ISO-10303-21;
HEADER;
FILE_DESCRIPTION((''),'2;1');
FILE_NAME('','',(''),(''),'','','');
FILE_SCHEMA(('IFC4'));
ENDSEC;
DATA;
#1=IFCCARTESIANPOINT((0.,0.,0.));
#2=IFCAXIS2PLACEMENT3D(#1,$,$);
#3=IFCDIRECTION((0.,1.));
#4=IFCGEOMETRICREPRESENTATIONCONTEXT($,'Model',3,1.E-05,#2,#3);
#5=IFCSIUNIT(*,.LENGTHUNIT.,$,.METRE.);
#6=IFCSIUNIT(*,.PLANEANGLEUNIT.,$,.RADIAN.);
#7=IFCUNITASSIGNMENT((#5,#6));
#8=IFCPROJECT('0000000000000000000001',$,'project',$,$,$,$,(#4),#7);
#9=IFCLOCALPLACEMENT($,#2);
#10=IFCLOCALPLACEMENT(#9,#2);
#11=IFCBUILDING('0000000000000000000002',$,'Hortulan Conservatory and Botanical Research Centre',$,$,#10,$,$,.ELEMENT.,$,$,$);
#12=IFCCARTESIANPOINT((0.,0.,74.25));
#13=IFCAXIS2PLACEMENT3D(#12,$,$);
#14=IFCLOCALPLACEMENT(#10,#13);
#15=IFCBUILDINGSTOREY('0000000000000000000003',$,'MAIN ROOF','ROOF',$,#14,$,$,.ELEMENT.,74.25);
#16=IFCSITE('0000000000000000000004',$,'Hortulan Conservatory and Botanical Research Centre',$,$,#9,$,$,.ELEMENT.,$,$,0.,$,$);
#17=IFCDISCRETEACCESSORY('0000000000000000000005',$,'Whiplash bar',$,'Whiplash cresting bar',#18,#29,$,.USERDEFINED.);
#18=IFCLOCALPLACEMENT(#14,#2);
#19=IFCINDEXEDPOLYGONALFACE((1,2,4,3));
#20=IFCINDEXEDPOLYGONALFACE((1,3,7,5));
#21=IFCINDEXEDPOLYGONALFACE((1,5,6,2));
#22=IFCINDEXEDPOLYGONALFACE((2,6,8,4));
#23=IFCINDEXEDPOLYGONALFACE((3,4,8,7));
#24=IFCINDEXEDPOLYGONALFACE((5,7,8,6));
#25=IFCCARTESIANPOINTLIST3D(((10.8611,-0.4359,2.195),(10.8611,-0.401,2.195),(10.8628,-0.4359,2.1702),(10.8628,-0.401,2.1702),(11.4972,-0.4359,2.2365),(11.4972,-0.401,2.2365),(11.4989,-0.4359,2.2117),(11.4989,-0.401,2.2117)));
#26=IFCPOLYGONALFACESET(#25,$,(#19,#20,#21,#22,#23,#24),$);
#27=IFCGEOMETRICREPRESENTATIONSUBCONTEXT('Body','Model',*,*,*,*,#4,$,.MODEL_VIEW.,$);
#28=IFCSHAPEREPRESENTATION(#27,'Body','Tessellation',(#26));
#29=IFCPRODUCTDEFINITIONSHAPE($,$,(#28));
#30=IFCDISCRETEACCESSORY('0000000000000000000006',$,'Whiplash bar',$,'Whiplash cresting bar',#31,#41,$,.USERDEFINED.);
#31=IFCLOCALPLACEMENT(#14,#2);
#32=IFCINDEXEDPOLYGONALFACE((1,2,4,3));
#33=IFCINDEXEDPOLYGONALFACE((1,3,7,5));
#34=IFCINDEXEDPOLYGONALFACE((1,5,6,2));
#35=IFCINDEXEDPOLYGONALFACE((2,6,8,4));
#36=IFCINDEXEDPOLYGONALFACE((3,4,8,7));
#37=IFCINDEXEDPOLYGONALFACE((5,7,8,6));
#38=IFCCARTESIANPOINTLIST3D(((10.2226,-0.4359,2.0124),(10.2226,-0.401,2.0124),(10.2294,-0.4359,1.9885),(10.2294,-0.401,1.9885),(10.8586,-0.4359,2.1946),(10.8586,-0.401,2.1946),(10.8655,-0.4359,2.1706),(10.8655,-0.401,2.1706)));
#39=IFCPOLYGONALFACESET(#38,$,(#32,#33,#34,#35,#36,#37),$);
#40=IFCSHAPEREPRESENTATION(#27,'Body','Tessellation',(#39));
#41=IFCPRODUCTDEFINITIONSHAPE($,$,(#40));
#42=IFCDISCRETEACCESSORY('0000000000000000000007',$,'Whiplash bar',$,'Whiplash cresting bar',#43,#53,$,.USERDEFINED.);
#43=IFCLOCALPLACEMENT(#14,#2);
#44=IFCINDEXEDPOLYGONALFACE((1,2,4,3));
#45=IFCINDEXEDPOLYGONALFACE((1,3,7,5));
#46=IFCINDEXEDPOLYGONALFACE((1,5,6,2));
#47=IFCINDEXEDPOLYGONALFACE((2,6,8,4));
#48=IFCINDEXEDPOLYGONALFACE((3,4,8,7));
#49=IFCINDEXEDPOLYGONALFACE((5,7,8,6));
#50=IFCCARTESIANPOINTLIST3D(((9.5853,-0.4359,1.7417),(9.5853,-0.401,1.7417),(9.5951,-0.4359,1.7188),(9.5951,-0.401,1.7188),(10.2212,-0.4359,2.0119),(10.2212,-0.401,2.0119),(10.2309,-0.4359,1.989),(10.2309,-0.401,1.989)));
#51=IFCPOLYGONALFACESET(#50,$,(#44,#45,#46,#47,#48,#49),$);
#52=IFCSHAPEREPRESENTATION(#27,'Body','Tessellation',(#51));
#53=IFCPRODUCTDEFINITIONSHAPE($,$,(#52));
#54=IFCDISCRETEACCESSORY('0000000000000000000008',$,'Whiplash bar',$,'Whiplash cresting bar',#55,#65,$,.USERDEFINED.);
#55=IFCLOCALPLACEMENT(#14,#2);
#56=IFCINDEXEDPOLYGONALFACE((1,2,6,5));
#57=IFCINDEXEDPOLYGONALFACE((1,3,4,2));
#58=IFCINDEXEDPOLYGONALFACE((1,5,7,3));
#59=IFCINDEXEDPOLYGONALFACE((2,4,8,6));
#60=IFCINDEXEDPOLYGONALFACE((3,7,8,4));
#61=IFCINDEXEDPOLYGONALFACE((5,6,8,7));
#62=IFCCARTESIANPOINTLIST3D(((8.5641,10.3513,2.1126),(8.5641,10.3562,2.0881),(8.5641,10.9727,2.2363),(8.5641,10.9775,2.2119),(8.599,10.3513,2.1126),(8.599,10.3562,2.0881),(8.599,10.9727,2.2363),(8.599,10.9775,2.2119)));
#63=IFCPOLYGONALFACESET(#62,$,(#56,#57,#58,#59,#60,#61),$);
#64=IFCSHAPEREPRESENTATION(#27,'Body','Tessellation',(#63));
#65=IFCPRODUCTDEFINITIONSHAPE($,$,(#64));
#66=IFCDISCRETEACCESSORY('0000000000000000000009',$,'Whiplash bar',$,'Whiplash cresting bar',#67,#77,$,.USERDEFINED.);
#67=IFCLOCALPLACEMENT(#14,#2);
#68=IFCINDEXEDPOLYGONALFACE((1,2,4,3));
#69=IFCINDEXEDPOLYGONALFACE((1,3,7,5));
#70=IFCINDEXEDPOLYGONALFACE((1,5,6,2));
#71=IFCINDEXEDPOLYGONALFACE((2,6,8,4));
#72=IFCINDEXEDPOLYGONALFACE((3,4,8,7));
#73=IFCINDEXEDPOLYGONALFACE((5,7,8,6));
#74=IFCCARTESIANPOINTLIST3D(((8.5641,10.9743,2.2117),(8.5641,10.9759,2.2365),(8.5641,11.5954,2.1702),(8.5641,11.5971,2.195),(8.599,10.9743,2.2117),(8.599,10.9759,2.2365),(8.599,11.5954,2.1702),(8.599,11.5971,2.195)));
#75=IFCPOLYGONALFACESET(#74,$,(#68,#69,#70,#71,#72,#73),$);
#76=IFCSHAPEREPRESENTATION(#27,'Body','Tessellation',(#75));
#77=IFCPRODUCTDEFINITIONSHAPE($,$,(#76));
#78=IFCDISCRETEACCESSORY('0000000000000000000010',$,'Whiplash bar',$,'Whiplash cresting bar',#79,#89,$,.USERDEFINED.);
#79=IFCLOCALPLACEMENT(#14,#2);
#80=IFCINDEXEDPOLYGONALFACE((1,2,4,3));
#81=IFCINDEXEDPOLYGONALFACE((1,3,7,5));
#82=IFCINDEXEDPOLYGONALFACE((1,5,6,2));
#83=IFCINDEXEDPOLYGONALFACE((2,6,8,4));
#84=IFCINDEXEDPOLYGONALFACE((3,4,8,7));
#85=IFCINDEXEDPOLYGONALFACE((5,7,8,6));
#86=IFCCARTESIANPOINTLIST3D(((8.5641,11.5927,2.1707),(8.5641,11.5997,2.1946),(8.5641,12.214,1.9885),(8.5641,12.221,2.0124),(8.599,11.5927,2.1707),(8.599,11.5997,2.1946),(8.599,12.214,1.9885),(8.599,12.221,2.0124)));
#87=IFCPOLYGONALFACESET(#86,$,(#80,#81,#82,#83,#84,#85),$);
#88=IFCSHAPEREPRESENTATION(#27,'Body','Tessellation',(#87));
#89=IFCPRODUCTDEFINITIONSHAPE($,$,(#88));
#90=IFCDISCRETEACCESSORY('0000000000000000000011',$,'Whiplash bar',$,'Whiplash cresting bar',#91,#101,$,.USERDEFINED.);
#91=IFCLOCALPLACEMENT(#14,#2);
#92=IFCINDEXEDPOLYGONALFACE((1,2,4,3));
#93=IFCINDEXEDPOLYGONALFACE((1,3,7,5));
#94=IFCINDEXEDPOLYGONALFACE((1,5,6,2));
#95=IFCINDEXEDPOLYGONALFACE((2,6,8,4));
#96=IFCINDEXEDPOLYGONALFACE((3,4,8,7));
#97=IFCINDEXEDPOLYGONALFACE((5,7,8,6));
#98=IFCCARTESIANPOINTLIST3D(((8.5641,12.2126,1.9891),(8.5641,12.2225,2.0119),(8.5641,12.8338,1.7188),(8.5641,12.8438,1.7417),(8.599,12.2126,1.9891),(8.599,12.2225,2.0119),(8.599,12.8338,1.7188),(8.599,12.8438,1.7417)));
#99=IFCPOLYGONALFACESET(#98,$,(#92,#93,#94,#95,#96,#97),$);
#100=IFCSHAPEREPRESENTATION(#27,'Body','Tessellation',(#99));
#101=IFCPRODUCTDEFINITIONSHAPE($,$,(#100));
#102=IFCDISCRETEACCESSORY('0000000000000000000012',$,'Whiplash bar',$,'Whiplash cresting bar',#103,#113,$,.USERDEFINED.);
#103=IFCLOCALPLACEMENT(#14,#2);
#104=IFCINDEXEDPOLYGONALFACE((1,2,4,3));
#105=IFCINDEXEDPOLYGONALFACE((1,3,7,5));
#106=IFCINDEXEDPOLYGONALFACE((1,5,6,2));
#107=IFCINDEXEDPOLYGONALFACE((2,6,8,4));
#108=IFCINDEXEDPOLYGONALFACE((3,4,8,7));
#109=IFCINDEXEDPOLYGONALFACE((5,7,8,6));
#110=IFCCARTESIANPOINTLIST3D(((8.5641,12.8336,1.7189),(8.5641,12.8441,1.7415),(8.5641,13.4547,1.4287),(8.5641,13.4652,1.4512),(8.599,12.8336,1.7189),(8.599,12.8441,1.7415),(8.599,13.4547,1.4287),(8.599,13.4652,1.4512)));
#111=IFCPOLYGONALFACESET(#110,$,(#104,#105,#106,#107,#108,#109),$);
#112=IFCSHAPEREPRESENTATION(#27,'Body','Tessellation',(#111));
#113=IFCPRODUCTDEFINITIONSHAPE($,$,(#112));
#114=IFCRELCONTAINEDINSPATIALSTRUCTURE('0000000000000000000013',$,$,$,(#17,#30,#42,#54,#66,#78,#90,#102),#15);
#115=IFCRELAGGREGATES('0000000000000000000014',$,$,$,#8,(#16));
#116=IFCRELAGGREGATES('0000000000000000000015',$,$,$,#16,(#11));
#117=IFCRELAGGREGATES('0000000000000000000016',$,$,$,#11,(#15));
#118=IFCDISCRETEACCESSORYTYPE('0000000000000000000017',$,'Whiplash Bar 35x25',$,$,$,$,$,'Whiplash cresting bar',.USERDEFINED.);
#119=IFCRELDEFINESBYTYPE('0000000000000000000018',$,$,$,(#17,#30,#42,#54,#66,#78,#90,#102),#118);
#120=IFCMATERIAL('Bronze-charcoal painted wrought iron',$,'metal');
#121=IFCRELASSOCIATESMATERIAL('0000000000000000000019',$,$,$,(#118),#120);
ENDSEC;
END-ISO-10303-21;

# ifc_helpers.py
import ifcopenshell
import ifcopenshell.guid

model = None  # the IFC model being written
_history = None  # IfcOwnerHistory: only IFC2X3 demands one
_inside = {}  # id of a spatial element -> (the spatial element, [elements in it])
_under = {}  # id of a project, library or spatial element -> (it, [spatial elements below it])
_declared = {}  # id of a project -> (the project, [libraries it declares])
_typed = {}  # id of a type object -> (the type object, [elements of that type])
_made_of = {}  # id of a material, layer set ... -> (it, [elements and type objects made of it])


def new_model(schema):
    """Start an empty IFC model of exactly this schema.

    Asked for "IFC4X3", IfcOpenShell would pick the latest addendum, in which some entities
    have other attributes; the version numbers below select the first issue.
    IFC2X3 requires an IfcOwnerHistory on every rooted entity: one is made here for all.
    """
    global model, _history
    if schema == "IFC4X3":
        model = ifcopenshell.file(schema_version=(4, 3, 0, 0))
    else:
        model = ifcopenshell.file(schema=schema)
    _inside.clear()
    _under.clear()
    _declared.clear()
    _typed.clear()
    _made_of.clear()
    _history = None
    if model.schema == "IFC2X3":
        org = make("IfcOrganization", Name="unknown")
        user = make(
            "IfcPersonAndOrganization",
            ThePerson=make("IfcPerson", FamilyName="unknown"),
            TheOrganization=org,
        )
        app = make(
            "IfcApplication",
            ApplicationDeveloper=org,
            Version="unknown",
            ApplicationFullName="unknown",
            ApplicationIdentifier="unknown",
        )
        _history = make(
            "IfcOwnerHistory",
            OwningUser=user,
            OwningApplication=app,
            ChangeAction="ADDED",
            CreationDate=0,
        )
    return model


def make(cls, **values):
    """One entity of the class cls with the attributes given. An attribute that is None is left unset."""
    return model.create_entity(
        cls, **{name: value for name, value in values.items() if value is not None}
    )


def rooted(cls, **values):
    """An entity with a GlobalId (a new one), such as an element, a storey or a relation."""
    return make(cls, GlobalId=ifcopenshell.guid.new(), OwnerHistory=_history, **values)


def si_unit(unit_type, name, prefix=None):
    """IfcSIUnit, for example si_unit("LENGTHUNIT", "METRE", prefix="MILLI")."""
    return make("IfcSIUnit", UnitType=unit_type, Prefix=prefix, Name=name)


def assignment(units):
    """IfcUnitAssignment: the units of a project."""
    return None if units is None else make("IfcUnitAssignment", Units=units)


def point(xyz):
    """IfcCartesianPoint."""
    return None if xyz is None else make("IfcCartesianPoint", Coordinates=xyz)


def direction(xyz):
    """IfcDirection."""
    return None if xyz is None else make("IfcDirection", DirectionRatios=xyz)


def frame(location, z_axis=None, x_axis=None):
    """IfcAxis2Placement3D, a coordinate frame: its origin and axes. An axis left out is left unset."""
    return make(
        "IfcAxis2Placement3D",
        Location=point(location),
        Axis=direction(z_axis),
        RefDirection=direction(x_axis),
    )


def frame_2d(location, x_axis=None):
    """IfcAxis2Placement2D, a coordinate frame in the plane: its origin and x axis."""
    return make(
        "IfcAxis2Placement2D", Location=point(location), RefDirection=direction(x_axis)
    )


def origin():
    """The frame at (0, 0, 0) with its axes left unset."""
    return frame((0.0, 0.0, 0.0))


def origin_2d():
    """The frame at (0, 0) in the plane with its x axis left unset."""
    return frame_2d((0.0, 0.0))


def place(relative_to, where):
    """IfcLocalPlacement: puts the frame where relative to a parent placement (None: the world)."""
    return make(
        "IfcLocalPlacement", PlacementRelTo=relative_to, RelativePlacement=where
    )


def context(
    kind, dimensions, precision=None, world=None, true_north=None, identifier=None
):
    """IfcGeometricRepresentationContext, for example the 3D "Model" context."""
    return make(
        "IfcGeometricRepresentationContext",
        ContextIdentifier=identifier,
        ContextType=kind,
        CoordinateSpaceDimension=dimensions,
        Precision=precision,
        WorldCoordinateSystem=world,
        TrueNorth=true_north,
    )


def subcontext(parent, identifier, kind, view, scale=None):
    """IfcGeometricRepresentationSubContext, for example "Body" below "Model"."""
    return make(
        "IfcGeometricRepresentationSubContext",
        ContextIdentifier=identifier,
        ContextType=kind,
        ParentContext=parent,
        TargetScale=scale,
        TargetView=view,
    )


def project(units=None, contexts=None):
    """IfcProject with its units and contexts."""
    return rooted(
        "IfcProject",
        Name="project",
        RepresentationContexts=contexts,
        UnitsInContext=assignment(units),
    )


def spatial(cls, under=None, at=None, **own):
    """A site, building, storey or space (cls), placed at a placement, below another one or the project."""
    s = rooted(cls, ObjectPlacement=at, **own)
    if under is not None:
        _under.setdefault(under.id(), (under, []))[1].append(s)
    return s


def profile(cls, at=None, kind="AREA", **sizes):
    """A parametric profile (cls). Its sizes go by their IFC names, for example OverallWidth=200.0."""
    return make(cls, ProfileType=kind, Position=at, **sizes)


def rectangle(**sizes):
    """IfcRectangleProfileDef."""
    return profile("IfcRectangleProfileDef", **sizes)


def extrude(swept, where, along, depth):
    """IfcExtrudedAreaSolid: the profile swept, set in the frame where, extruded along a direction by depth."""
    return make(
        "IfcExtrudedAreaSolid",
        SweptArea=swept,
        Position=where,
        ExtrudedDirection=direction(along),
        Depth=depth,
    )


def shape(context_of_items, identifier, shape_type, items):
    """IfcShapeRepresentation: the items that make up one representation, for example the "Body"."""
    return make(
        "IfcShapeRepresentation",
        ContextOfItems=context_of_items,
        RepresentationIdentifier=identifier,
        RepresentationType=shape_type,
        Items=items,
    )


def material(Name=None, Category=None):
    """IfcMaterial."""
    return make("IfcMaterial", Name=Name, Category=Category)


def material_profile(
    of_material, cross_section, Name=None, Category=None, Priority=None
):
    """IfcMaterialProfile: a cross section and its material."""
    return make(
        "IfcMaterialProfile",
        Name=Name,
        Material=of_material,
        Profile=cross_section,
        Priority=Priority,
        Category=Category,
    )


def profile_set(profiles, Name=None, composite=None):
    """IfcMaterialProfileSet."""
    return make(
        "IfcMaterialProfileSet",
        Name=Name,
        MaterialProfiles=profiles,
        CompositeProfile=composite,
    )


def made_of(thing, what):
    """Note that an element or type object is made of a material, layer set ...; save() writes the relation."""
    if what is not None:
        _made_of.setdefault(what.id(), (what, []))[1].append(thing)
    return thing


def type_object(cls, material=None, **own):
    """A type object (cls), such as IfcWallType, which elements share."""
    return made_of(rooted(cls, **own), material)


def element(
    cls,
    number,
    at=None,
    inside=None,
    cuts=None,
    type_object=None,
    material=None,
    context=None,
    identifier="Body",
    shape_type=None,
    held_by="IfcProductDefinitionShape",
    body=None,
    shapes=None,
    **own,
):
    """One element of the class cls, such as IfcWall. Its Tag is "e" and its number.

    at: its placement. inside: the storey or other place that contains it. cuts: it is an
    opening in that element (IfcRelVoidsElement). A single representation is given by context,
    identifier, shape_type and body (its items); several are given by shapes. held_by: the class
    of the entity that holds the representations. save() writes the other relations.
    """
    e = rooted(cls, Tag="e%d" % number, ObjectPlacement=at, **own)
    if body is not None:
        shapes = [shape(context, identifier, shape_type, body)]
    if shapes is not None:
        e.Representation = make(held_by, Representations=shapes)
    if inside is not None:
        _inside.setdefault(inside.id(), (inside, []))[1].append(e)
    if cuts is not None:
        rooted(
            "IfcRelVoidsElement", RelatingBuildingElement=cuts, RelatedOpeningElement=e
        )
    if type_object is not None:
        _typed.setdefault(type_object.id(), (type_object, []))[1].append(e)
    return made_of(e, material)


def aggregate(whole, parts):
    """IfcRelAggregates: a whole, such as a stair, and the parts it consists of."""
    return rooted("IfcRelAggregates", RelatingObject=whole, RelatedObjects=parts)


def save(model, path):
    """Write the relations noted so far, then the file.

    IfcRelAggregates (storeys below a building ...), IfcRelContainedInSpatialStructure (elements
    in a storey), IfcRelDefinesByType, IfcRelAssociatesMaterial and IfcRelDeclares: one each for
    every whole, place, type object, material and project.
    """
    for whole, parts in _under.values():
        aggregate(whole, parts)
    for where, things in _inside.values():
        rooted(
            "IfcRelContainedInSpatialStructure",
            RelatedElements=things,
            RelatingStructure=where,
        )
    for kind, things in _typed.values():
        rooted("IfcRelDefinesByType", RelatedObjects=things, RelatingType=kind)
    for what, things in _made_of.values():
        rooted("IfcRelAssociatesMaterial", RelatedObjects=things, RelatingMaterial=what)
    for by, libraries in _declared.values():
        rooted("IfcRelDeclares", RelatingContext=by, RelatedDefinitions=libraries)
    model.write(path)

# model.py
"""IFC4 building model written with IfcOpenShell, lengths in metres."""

from ifc_helpers import new_model, si_unit, direction, frame, origin, origin_2d, place, context, subcontext, project, spatial, rectangle, extrude, material, material_profile, profile_set, type_object, element, save


model = new_model("IFC4")

# Units and contexts
model_context = context("Model", 3, precision=1e-05, world=origin(), true_north=direction((0.0, 1.0)))
body_context = subcontext(model_context, "Body", "Model", "MODEL_VIEW")
ifc_project = project(units=[si_unit("LENGTHUNIT", "METRE"), si_unit("PLANEANGLEUNIT", "RADIAN")], contexts=[model_context])

# Site, building, storey
site_placement = place(None, origin())
site = spatial("IfcSite", under=ifc_project, at=site_placement, Name="Hortulan Conservatory and Botanical Research Centre", CompositionType="ELEMENT", RefElevation=0.0)
building_placement = place(site_placement, origin())
building = spatial("IfcBuilding", under=site, at=building_placement, Name="Hortulan Conservatory and Botanical Research Centre", CompositionType="ELEMENT")
storey_placement = place(building_placement, frame((0.0, 0.0, 74.25)))
storey = spatial("IfcBuildingStorey", under=building, at=storey_placement, Name="MAIN ROOF", Description="ROOF", CompositionType="ELEMENT", Elevation=74.25)

# Discrete accessories
ifc_material = material(Name="Bronze-charcoal painted wrought iron", Category="metal")
ifc_material_profile = material_profile(ifc_material, rectangle(XDim=0.0349, YDim=0.0249, at=origin_2d()), Name="Flat bar 35x25")
ifc_profile_set = profile_set([ifc_material_profile], Name="Bronze-charcoal painted wrought iron")
discrete_accessory_type = type_object("IfcDiscreteAccessoryType", Name="Whiplash Bar 35x25", ElementType="Whiplash cresting bar", PredefinedType="USERDEFINED", material=ifc_profile_set)
discrete_accessory_1_placement = place(storey_placement, frame((11.498, -0.4185, 2.2241), z_axis=(-0.997877, 0.0, -0.065121), x_axis=(0.0, -1.0, 0.0)))
element("IfcDiscreteAccessory", 1, at=discrete_accessory_1_placement, inside=storey, type_object=discrete_accessory_type, Name="Whiplash bar", ObjectType="Whiplash cresting bar", PredefinedType="USERDEFINED", context=body_context, shape_type="SweptSolid", body=[
    extrude(rectangle(XDim=0.0349, YDim=0.0249, at=origin_2d()), origin(), (0.0, 0.0, 1.0), 0.6375),
])
discrete_accessory_2_placement = place(storey_placement, frame((10.8621, -0.4185, 2.1826), z_axis=(-0.961357, 0.0, -0.275306), x_axis=(0.0, -1.0, 0.0)))
element("IfcDiscreteAccessory", 2, at=discrete_accessory_2_placement, inside=storey, type_object=discrete_accessory_type, Name="Whiplash bar", ObjectType="Whiplash cresting bar", PredefinedType="USERDEFINED", context=body_context, shape_type="SweptSolid", body=[
    extrude(rectangle(XDim=0.0349, YDim=0.0249, at=origin_2d()), origin(), (0.0, 0.0, 1.0), 0.6616),
])
discrete_accessory_3_placement = place(storey_placement, frame((10.2261, -0.4185, 2.0005), z_axis=(-0.920347, 0.0, -0.391103), x_axis=(0.0, -1.0, 0.0)))
element("IfcDiscreteAccessory", 3, at=discrete_accessory_3_placement, inside=storey, type_object=discrete_accessory_type, Name="Whiplash bar", ObjectType="Whiplash cresting bar", PredefinedType="USERDEFINED", context=body_context, shape_type="SweptSolid", body=[
    extrude(rectangle(XDim=0.0349, YDim=0.0249, at=origin_2d()), origin(), (0.0, 0.0, 1.0), 0.6909),
])
discrete_accessory_4_placement = place(storey_placement, frame((8.5815, 10.3538, 2.1003), z_axis=(0.0, 0.980729, 0.195375), x_axis=(-1.0, 0.0, 0.0)))
element("IfcDiscreteAccessory", 4, at=discrete_accessory_4_placement, inside=storey, type_object=discrete_accessory_type, Name="Whiplash bar", ObjectType="Whiplash cresting bar", PredefinedType="USERDEFINED", context=body_context, shape_type="SweptSolid", body=[
    extrude(rectangle(XDim=0.0349, YDim=0.0249, at=origin_2d()), origin(), (0.0, 0.0, 1.0), 0.6335),
])
discrete_accessory_5_placement = place(storey_placement, frame((8.5815, 10.9751, 2.2241), z_axis=(0.0, 0.997775, -0.066675), x_axis=(-1.0, 0.0, 0.0)))
element("IfcDiscreteAccessory", 5, at=discrete_accessory_5_placement, inside=storey, type_object=discrete_accessory_type, Name="Whiplash bar", ObjectType="Whiplash cresting bar", PredefinedType="USERDEFINED", context=body_context, shape_type="SweptSolid", body=[
    extrude(rectangle(XDim=0.0349, YDim=0.0249, at=origin_2d()), origin(), (0.0, 0.0, 1.0), 0.6226),
])
discrete_accessory_6_placement = place(storey_placement, frame((8.5815, 11.5962, 2.1826), z_axis=(0.0, 0.959623, -0.281288), x_axis=(-1.0, 0.0, 0.0)))
element("IfcDiscreteAccessory", 6, at=discrete_accessory_6_placement, inside=storey, type_object=discrete_accessory_type, Name="Whiplash bar", ObjectType="Whiplash cresting bar", PredefinedType="USERDEFINED", context=body_context, shape_type="SweptSolid", body=[
    extrude(rectangle(XDim=0.0349, YDim=0.0249, at=origin_2d()), origin(), (0.0, 0.0, 1.0), 0.6475),
])
discrete_accessory_7_placement = place(storey_placement, frame((8.5815, 12.2175, 2.0005), z_axis=(0.0, 0.917007, -0.398871), x_axis=(-1.0, 0.0, 0.0)))
element("IfcDiscreteAccessory", 7, at=discrete_accessory_7_placement, inside=storey, type_object=discrete_accessory_type, Name="Whiplash bar", ObjectType="Whiplash cresting bar", PredefinedType="USERDEFINED", context=body_context, shape_type="SweptSolid", body=[
    extrude(rectangle(XDim=0.0349, YDim=0.0249, at=origin_2d()), origin(), (0.0, 0.0, 1.0), 0.6775),
])
discrete_accessory_8_placement = place(storey_placement, frame((8.5815, 12.8389, 1.7302), z_axis=(0.0, 0.905937, -0.423412), x_axis=(-1.0, 0.0, 0.0)))
element("IfcDiscreteAccessory", 8, at=discrete_accessory_8_placement, inside=storey, type_object=discrete_accessory_type, Name="Whiplash bar", ObjectType="Whiplash cresting bar", PredefinedType="USERDEFINED", context=body_context, shape_type="SweptSolid", body=[
    extrude(rectangle(XDim=0.0349, YDim=0.0249, at=origin_2d()), origin(), (0.0, 0.0, 1.0), 0.6855),
])

save(model, "model.ifc")
